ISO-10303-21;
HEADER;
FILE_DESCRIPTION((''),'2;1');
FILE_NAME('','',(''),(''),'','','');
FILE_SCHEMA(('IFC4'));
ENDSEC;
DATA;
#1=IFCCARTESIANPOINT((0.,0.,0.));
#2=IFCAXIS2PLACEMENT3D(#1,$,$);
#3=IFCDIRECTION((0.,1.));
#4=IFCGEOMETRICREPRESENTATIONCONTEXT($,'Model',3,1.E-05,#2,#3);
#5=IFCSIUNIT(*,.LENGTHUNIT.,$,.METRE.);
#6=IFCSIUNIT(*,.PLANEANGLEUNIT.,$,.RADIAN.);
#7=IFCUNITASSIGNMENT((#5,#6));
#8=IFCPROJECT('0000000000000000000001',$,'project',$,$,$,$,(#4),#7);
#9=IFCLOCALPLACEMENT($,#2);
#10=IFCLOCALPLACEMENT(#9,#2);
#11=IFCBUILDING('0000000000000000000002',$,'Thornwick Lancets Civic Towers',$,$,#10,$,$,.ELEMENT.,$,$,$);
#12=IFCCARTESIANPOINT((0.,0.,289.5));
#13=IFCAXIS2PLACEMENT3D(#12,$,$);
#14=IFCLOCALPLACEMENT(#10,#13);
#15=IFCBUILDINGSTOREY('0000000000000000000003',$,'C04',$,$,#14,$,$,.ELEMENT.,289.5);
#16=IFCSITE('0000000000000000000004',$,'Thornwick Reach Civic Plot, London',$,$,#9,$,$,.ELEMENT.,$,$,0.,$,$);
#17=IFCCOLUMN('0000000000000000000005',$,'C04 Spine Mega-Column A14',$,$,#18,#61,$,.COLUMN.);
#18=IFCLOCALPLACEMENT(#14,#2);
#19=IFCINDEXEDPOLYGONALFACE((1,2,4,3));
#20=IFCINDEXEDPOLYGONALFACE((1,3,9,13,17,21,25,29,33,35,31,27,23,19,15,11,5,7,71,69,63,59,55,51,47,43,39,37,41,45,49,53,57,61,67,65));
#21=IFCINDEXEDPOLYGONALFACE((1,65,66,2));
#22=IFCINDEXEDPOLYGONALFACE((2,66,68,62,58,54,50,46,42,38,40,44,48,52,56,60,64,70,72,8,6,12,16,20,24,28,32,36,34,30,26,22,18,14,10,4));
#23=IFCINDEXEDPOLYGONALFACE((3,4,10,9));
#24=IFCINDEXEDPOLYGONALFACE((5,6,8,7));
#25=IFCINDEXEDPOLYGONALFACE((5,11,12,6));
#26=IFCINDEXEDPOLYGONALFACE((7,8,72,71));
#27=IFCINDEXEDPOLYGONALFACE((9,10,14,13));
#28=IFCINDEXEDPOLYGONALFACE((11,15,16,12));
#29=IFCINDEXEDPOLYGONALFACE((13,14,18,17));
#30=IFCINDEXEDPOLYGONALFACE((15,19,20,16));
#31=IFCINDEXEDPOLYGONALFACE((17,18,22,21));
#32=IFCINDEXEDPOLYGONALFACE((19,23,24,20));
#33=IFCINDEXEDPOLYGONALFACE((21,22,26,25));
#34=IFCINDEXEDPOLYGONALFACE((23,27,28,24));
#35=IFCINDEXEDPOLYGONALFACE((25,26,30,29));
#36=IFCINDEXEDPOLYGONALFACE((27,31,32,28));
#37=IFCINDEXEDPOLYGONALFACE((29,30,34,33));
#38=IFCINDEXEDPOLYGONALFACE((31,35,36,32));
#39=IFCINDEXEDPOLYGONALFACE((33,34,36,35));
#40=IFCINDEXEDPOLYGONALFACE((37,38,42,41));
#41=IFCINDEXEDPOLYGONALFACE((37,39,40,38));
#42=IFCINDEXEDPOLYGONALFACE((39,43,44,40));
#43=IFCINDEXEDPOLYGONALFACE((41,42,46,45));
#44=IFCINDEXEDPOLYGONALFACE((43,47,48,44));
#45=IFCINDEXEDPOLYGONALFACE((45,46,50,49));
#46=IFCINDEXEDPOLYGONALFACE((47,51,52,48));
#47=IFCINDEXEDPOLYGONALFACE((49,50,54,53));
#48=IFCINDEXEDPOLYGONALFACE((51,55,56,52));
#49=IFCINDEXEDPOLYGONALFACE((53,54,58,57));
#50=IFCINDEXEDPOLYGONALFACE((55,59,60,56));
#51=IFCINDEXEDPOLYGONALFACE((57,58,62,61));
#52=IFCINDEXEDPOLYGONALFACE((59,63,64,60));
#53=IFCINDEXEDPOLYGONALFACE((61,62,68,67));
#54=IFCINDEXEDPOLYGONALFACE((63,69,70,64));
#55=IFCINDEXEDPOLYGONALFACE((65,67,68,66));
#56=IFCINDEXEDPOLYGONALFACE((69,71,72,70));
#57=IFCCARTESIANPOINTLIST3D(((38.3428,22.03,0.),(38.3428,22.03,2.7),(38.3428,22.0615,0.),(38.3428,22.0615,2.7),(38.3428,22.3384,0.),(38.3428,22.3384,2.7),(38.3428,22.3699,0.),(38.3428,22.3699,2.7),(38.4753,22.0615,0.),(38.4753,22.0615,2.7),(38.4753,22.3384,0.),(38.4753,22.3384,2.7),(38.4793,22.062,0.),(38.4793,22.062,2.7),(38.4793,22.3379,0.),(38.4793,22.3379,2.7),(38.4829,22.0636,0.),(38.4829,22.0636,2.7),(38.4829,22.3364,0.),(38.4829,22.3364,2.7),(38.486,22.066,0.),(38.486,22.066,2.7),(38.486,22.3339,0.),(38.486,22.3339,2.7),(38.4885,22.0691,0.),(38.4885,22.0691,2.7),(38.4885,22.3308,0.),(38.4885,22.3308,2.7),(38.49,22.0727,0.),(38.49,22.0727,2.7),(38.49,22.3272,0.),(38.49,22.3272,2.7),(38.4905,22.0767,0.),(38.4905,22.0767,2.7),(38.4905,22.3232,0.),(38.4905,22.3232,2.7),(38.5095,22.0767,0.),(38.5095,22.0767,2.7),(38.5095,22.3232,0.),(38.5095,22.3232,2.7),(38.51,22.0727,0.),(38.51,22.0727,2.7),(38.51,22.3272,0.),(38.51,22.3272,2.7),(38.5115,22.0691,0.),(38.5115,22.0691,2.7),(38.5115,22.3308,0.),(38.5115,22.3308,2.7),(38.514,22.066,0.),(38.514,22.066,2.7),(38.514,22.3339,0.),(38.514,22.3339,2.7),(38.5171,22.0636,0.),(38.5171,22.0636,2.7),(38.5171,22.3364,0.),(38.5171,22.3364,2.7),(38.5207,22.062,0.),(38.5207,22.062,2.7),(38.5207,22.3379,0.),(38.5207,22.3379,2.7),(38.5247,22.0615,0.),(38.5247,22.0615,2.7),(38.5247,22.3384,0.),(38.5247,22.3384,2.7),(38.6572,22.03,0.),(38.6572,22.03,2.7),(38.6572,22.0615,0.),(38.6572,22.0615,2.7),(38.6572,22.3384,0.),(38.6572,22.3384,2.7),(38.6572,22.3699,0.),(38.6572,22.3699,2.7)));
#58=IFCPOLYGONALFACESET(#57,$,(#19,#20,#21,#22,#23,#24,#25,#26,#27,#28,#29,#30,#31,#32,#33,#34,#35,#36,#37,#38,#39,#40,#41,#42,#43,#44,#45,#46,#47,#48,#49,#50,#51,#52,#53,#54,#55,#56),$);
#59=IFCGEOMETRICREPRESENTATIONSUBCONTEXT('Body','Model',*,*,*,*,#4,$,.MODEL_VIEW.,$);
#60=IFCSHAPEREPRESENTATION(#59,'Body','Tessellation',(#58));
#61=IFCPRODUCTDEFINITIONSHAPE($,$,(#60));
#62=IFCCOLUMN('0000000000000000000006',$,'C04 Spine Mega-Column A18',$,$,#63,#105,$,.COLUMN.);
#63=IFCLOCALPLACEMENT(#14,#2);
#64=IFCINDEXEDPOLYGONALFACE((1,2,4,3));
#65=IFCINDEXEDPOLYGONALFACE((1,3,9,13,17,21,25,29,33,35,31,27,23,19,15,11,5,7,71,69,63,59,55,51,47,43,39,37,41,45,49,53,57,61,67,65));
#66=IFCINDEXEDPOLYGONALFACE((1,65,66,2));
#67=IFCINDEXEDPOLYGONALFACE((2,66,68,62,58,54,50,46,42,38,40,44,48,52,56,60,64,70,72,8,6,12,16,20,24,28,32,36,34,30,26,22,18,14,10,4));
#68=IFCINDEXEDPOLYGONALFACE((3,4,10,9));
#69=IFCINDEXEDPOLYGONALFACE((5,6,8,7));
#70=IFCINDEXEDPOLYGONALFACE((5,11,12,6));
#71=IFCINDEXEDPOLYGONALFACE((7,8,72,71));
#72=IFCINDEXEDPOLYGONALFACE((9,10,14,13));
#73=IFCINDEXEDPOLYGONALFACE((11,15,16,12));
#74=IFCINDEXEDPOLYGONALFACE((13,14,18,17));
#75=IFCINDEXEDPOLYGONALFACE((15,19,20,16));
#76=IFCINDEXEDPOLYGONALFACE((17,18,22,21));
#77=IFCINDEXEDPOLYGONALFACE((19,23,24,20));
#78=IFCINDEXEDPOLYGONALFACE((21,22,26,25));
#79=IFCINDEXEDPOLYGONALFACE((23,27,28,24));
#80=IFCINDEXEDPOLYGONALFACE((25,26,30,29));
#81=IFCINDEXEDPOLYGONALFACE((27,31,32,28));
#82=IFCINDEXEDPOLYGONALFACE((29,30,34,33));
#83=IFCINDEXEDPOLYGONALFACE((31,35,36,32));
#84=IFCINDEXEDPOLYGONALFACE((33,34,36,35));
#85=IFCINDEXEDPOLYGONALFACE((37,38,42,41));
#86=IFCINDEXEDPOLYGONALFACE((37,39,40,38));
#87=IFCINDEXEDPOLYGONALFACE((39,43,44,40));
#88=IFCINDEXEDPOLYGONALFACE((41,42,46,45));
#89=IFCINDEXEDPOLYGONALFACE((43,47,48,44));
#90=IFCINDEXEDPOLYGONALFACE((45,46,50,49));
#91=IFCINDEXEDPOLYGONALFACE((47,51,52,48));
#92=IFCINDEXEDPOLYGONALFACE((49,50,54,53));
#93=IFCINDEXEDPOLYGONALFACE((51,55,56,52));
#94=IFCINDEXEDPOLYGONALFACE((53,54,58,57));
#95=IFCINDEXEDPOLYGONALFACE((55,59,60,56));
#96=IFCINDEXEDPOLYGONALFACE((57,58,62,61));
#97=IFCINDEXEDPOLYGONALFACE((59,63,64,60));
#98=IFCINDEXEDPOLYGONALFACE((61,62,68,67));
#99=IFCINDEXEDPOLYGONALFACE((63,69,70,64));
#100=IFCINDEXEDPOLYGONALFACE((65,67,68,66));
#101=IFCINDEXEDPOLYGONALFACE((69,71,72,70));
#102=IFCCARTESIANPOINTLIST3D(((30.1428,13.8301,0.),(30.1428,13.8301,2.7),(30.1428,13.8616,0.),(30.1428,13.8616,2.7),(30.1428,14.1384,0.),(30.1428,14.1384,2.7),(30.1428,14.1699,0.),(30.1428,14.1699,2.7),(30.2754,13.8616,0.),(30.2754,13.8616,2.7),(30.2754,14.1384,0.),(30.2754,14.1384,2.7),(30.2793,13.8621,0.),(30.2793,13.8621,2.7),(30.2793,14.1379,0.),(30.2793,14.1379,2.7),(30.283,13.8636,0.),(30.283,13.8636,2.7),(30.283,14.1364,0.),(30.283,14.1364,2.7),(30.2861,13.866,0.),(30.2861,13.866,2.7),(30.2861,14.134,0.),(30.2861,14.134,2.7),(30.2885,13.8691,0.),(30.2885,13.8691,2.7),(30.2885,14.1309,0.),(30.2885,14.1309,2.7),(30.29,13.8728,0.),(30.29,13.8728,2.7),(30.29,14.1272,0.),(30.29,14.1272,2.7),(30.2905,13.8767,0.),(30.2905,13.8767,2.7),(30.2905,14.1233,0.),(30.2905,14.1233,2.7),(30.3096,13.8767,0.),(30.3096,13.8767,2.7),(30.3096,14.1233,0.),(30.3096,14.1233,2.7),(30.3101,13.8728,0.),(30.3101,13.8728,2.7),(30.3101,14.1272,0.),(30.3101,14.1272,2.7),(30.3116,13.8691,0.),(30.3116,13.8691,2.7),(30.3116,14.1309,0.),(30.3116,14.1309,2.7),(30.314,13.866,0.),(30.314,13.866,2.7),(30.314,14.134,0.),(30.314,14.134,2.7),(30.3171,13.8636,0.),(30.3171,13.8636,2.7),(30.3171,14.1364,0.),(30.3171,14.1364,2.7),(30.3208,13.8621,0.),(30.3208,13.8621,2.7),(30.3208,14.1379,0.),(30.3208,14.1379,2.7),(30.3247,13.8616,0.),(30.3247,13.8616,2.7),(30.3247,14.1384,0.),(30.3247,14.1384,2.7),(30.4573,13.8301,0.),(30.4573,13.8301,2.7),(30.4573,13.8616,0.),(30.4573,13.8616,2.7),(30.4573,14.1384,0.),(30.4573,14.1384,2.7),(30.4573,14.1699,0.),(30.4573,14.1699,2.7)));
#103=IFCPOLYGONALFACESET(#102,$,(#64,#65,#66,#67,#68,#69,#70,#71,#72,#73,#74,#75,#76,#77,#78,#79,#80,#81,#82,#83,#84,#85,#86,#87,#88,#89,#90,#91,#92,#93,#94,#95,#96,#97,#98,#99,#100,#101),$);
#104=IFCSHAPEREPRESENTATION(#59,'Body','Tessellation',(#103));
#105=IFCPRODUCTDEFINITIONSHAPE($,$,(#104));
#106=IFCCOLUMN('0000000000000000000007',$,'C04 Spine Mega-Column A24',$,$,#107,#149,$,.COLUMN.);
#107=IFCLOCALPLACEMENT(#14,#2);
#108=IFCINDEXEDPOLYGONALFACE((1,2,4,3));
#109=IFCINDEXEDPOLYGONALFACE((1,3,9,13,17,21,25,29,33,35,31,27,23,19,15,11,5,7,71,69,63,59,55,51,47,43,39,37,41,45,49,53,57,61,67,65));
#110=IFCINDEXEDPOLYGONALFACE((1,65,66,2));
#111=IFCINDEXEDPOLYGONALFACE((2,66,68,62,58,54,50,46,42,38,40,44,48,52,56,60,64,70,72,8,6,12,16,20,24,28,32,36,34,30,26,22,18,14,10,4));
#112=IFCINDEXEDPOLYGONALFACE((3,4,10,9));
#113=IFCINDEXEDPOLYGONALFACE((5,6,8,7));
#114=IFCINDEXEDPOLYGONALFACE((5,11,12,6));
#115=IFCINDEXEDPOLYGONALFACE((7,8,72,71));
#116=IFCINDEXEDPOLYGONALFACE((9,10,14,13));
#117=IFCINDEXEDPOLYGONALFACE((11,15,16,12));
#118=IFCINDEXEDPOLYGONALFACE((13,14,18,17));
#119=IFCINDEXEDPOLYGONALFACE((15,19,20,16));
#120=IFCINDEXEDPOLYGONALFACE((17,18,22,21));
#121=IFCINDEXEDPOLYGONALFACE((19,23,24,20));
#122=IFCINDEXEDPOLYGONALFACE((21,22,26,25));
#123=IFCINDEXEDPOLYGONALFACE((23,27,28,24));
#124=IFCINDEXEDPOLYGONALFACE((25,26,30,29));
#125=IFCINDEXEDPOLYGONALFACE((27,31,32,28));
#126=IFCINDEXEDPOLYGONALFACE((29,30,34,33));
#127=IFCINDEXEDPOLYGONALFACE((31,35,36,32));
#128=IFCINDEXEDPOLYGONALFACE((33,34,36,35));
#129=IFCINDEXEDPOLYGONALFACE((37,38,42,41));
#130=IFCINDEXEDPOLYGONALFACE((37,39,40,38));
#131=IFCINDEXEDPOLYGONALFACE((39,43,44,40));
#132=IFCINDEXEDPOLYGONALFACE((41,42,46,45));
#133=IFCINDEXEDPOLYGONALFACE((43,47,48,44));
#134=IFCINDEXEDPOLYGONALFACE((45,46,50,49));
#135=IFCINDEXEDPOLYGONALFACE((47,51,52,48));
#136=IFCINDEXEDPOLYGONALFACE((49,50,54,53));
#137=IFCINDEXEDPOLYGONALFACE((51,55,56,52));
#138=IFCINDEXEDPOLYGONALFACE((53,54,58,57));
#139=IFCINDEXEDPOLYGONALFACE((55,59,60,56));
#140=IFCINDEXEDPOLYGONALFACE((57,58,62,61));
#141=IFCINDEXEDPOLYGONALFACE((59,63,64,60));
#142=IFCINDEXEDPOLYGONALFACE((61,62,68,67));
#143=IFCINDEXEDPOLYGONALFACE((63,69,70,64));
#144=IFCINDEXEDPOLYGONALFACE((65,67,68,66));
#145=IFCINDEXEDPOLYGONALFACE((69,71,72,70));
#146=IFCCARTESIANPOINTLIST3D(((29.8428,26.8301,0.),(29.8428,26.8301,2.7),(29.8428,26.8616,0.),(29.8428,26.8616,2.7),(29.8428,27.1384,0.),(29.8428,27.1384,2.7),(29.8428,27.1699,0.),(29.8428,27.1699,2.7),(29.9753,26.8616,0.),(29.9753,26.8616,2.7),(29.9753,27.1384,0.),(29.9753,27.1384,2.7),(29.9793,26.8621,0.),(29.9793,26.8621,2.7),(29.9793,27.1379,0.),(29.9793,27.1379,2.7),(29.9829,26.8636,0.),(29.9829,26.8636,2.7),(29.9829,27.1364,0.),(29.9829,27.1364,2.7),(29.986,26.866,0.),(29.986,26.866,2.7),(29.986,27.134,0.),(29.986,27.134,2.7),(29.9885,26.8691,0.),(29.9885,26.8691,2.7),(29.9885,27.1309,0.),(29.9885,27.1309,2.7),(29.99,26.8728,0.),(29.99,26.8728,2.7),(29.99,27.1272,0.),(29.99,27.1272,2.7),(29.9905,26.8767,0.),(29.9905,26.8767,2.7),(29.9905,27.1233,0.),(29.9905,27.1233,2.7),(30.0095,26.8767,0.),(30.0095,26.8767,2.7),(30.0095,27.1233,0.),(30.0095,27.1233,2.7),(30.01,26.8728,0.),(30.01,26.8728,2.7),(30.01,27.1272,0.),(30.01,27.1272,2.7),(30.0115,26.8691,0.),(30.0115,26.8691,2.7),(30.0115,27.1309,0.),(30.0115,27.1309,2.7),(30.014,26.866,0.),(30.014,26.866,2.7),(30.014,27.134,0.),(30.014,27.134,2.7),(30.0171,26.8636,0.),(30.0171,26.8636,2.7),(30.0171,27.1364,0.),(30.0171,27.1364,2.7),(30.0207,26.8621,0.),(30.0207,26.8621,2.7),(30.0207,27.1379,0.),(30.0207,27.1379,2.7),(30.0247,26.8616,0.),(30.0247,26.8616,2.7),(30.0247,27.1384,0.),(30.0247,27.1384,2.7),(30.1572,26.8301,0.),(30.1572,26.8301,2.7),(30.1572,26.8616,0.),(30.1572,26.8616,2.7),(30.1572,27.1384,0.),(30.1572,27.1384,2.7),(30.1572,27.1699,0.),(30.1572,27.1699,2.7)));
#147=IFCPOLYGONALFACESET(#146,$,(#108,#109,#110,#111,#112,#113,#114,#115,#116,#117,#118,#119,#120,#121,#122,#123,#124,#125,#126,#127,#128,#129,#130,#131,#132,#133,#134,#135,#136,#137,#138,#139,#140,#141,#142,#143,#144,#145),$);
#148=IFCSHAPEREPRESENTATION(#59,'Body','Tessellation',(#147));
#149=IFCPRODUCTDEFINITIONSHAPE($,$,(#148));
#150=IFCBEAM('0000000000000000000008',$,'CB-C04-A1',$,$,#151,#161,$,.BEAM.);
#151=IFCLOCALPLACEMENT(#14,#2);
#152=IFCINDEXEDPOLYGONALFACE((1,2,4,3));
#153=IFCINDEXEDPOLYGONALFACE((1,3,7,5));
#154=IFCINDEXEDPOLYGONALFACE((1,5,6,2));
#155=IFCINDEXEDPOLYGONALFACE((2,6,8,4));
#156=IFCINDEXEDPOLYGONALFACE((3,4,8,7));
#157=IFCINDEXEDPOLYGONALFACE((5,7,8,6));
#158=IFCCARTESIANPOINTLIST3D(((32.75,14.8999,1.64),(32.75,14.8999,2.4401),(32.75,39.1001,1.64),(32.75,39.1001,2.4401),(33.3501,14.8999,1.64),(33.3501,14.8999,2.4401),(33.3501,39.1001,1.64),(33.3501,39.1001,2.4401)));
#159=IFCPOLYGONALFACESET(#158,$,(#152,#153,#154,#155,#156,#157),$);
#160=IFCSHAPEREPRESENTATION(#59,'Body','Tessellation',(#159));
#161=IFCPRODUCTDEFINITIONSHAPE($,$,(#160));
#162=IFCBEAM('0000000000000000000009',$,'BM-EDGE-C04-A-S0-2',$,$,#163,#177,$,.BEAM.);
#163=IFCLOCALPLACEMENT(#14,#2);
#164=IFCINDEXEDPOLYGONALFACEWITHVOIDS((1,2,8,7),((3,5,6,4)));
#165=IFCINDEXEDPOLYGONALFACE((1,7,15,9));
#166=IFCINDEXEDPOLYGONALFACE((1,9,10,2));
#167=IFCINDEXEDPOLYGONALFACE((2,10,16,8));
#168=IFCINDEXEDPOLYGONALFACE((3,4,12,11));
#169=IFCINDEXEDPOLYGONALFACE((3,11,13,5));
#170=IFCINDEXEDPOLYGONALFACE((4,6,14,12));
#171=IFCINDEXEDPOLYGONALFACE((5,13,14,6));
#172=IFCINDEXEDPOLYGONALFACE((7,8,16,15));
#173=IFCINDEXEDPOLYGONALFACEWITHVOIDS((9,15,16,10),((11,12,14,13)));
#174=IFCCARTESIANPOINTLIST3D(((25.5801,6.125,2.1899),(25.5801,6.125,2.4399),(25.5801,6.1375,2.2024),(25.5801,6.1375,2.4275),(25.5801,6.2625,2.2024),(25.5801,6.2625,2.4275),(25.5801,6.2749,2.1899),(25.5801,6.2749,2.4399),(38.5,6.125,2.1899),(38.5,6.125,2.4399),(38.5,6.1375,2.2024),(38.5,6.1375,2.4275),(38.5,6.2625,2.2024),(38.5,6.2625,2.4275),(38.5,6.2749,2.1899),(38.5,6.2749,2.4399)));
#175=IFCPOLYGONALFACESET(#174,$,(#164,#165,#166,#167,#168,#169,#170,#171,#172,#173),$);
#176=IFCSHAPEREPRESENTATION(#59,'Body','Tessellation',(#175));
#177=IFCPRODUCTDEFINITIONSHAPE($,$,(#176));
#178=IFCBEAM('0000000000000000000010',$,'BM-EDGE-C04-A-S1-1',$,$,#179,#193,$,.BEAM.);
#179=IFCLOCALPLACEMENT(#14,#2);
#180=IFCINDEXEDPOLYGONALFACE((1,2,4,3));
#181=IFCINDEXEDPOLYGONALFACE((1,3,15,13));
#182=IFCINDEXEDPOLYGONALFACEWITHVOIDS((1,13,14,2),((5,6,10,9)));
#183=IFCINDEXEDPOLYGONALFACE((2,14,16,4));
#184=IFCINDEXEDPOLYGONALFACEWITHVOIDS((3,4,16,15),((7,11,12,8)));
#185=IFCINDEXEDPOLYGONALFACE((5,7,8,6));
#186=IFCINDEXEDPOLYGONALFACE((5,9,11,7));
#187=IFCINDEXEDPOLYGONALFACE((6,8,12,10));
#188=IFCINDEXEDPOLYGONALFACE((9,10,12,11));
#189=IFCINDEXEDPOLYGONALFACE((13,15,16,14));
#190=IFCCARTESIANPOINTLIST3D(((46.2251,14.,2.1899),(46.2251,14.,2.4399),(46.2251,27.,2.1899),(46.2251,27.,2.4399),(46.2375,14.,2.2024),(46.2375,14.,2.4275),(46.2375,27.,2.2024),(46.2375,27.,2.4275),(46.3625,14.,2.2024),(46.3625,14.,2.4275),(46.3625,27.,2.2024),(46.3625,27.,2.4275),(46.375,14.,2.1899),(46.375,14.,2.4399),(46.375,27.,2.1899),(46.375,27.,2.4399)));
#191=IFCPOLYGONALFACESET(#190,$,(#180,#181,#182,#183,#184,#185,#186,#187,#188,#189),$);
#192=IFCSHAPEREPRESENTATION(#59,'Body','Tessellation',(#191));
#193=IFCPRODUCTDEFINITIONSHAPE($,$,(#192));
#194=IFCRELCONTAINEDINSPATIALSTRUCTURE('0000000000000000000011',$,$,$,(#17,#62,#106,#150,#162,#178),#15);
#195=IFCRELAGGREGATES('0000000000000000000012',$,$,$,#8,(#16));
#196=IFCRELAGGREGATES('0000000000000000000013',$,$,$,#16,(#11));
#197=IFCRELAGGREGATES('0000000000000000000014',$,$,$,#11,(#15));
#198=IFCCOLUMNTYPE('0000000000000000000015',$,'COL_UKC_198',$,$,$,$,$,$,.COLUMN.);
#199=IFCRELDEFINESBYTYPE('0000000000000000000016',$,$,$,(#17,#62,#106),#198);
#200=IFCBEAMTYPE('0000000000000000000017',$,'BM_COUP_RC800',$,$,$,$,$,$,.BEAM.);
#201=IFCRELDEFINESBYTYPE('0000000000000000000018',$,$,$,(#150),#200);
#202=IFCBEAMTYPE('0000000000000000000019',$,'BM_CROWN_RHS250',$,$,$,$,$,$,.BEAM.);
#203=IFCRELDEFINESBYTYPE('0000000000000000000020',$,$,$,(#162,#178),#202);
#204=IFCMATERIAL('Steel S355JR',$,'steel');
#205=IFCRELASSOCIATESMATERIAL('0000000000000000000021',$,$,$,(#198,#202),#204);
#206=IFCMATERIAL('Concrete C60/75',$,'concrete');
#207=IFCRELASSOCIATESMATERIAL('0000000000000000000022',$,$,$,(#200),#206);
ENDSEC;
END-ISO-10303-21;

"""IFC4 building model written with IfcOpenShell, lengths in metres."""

from ifc_helpers import new_model, si_unit, direction, frame, origin, origin_2d, place, context, subcontext, project, spatial, rectangle, hollow_rectangle, i_section, extrude, material, material_profile, profile_set, type_object, element, save


model = new_model("IFC4")

# Units and contexts
model_context = context("Model", 3, precision=1e-05, world=origin(), true_north=direction((0.0, 1.0)))
body_context = subcontext(model_context, "Body", "Model", "MODEL_VIEW")
ifc_project = project(units=[si_unit("LENGTHUNIT", "METRE"), si_unit("PLANEANGLEUNIT", "RADIAN")], contexts=[model_context])

# Site, building, storey
site_placement = place(None, origin())
site = spatial("IfcSite", under=ifc_project, at=site_placement, Name="Thornwick Reach Civic Plot, London", CompositionType="ELEMENT", RefElevation=0.0)
building_placement = place(site_placement, origin())
building = spatial("IfcBuilding", under=site, at=building_placement, Name="Thornwick Lancets Civic Towers", CompositionType="ELEMENT")
storey_placement = place(building_placement, frame((0.0, 0.0, 289.5)))
storey = spatial("IfcBuildingStorey", under=building, at=storey_placement, Name="C04", CompositionType="ELEMENT", Elevation=289.5)

# Columns
ifc_material_1 = material(Name="Steel S355JR", Category="steel")
ifc_material_profile_1 = material_profile(ifc_material_1, i_section(OverallWidth=0.3145, OverallDepth=0.3398, WebThickness=0.019, FlangeThickness=0.0315, FilletRadius=0.0151, at=origin_2d()), Name="UKC 305x305x198")
ifc_profile_set_1 = profile_set([ifc_material_profile_1], Name="Steel S355JR")
column_type_1 = type_object("IfcColumnType", Name="COL_UKC_198", PredefinedType="COLUMN", material=ifc_profile_set_1)
for number, where, z_axis, x_axis, name in (
    (1, (38.5, 22.2, 0.0), (0.0, 0.0, 1.0), (1.0, 0.0, 0.0), "C04 Spine Mega-Column A14"),
    (2, (30.3, 14.0, 0.0), (0.0, 0.0, 1.0), (1.0, 0.0, 0.0), "C04 Spine Mega-Column A18"),
    (3, (30.0, 27.0, 0.0), (0.0, 0.0, 1.0), (1.0, 0.0, 0.0), "C04 Spine Mega-Column A24"),
):
    element("IfcColumn", number, at=place(storey_placement, frame(where, z_axis=z_axis, x_axis=x_axis)), inside=storey, type_object=column_type_1, Name=name, PredefinedType="COLUMN", context=body_context, shape_type="SweptSolid", body=[
        extrude(i_section(OverallWidth=0.3145, OverallDepth=0.3398, WebThickness=0.019, FlangeThickness=0.0315, FilletRadius=0.0151, at=origin_2d()), origin(), (0.0, 0.0, 1.0), 2.7),
    ])

# Beams
ifc_material_2 = material(Name="Concrete C60/75", Category="concrete")
ifc_material_profile_2 = material_profile(ifc_material_2, rectangle(XDim=0.6001, YDim=0.8, at=origin_2d()), Name="RC 600x800")
ifc_profile_set_2 = profile_set([ifc_material_profile_2], Name="Concrete C60/75")
beam_type_1 = type_object("IfcBeamType", Name="BM_COUP_RC800", PredefinedType="BEAM", material=ifc_profile_set_2)
beam_1_placement = place(storey_placement, frame((33.05, 14.8999, 2.04), z_axis=(0.0, 1.0, 0.0), x_axis=(-1.0, 0.0, 0.0)))
element("IfcBeam", 4, at=beam_1_placement, inside=storey, type_object=beam_type_1, Name="CB-C04-A1", PredefinedType="BEAM", context=body_context, shape_type="SweptSolid", body=[
    extrude(rectangle(XDim=0.6001, YDim=0.8, at=origin_2d()), origin(), (0.0, 0.0, 1.0), 24.2002),
])
ifc_material_profile_3 = material_profile(ifc_material_1, hollow_rectangle(XDim=0.1499, YDim=0.25, WallThickness=0.0125, at=origin_2d()), Name="RHS 250x150x12.5")
ifc_profile_set_3 = profile_set([ifc_material_profile_3], Name="Steel S355JR")
beam_type_2 = type_object("IfcBeamType", Name="BM_CROWN_RHS250", PredefinedType="BEAM", material=ifc_profile_set_3)
beam_2_placement = place(storey_placement, frame((25.5801, 6.2, 2.3149), z_axis=(1.0, 0.0, 0.0), x_axis=(0.0, 1.0, 0.0)))
element("IfcBeam", 5, at=beam_2_placement, inside=storey, type_object=beam_type_2, Name="BM-EDGE-C04-A-S0-2", PredefinedType="BEAM", context=body_context, shape_type="SweptSolid", body=[
    extrude(hollow_rectangle(XDim=0.1499, YDim=0.25, WallThickness=0.0125, at=origin_2d()), origin(), (0.0, 0.0, 1.0), 12.9199),
])
beam_3_placement = place(storey_placement, frame((46.3, 14.0, 2.3149), z_axis=(0.0, 1.0, 0.0), x_axis=(-1.0, 0.0, 0.0)))
element("IfcBeam", 6, at=beam_3_placement, inside=storey, type_object=beam_type_2, Name="BM-EDGE-C04-A-S1-1", PredefinedType="BEAM", context=body_context, shape_type="SweptSolid", body=[
    extrude(hollow_rectangle(XDim=0.1499, YDim=0.25, WallThickness=0.0125, at=origin_2d()), origin(), (0.0, 0.0, 1.0), 13.0),
])

save(model, "model.ifc")
